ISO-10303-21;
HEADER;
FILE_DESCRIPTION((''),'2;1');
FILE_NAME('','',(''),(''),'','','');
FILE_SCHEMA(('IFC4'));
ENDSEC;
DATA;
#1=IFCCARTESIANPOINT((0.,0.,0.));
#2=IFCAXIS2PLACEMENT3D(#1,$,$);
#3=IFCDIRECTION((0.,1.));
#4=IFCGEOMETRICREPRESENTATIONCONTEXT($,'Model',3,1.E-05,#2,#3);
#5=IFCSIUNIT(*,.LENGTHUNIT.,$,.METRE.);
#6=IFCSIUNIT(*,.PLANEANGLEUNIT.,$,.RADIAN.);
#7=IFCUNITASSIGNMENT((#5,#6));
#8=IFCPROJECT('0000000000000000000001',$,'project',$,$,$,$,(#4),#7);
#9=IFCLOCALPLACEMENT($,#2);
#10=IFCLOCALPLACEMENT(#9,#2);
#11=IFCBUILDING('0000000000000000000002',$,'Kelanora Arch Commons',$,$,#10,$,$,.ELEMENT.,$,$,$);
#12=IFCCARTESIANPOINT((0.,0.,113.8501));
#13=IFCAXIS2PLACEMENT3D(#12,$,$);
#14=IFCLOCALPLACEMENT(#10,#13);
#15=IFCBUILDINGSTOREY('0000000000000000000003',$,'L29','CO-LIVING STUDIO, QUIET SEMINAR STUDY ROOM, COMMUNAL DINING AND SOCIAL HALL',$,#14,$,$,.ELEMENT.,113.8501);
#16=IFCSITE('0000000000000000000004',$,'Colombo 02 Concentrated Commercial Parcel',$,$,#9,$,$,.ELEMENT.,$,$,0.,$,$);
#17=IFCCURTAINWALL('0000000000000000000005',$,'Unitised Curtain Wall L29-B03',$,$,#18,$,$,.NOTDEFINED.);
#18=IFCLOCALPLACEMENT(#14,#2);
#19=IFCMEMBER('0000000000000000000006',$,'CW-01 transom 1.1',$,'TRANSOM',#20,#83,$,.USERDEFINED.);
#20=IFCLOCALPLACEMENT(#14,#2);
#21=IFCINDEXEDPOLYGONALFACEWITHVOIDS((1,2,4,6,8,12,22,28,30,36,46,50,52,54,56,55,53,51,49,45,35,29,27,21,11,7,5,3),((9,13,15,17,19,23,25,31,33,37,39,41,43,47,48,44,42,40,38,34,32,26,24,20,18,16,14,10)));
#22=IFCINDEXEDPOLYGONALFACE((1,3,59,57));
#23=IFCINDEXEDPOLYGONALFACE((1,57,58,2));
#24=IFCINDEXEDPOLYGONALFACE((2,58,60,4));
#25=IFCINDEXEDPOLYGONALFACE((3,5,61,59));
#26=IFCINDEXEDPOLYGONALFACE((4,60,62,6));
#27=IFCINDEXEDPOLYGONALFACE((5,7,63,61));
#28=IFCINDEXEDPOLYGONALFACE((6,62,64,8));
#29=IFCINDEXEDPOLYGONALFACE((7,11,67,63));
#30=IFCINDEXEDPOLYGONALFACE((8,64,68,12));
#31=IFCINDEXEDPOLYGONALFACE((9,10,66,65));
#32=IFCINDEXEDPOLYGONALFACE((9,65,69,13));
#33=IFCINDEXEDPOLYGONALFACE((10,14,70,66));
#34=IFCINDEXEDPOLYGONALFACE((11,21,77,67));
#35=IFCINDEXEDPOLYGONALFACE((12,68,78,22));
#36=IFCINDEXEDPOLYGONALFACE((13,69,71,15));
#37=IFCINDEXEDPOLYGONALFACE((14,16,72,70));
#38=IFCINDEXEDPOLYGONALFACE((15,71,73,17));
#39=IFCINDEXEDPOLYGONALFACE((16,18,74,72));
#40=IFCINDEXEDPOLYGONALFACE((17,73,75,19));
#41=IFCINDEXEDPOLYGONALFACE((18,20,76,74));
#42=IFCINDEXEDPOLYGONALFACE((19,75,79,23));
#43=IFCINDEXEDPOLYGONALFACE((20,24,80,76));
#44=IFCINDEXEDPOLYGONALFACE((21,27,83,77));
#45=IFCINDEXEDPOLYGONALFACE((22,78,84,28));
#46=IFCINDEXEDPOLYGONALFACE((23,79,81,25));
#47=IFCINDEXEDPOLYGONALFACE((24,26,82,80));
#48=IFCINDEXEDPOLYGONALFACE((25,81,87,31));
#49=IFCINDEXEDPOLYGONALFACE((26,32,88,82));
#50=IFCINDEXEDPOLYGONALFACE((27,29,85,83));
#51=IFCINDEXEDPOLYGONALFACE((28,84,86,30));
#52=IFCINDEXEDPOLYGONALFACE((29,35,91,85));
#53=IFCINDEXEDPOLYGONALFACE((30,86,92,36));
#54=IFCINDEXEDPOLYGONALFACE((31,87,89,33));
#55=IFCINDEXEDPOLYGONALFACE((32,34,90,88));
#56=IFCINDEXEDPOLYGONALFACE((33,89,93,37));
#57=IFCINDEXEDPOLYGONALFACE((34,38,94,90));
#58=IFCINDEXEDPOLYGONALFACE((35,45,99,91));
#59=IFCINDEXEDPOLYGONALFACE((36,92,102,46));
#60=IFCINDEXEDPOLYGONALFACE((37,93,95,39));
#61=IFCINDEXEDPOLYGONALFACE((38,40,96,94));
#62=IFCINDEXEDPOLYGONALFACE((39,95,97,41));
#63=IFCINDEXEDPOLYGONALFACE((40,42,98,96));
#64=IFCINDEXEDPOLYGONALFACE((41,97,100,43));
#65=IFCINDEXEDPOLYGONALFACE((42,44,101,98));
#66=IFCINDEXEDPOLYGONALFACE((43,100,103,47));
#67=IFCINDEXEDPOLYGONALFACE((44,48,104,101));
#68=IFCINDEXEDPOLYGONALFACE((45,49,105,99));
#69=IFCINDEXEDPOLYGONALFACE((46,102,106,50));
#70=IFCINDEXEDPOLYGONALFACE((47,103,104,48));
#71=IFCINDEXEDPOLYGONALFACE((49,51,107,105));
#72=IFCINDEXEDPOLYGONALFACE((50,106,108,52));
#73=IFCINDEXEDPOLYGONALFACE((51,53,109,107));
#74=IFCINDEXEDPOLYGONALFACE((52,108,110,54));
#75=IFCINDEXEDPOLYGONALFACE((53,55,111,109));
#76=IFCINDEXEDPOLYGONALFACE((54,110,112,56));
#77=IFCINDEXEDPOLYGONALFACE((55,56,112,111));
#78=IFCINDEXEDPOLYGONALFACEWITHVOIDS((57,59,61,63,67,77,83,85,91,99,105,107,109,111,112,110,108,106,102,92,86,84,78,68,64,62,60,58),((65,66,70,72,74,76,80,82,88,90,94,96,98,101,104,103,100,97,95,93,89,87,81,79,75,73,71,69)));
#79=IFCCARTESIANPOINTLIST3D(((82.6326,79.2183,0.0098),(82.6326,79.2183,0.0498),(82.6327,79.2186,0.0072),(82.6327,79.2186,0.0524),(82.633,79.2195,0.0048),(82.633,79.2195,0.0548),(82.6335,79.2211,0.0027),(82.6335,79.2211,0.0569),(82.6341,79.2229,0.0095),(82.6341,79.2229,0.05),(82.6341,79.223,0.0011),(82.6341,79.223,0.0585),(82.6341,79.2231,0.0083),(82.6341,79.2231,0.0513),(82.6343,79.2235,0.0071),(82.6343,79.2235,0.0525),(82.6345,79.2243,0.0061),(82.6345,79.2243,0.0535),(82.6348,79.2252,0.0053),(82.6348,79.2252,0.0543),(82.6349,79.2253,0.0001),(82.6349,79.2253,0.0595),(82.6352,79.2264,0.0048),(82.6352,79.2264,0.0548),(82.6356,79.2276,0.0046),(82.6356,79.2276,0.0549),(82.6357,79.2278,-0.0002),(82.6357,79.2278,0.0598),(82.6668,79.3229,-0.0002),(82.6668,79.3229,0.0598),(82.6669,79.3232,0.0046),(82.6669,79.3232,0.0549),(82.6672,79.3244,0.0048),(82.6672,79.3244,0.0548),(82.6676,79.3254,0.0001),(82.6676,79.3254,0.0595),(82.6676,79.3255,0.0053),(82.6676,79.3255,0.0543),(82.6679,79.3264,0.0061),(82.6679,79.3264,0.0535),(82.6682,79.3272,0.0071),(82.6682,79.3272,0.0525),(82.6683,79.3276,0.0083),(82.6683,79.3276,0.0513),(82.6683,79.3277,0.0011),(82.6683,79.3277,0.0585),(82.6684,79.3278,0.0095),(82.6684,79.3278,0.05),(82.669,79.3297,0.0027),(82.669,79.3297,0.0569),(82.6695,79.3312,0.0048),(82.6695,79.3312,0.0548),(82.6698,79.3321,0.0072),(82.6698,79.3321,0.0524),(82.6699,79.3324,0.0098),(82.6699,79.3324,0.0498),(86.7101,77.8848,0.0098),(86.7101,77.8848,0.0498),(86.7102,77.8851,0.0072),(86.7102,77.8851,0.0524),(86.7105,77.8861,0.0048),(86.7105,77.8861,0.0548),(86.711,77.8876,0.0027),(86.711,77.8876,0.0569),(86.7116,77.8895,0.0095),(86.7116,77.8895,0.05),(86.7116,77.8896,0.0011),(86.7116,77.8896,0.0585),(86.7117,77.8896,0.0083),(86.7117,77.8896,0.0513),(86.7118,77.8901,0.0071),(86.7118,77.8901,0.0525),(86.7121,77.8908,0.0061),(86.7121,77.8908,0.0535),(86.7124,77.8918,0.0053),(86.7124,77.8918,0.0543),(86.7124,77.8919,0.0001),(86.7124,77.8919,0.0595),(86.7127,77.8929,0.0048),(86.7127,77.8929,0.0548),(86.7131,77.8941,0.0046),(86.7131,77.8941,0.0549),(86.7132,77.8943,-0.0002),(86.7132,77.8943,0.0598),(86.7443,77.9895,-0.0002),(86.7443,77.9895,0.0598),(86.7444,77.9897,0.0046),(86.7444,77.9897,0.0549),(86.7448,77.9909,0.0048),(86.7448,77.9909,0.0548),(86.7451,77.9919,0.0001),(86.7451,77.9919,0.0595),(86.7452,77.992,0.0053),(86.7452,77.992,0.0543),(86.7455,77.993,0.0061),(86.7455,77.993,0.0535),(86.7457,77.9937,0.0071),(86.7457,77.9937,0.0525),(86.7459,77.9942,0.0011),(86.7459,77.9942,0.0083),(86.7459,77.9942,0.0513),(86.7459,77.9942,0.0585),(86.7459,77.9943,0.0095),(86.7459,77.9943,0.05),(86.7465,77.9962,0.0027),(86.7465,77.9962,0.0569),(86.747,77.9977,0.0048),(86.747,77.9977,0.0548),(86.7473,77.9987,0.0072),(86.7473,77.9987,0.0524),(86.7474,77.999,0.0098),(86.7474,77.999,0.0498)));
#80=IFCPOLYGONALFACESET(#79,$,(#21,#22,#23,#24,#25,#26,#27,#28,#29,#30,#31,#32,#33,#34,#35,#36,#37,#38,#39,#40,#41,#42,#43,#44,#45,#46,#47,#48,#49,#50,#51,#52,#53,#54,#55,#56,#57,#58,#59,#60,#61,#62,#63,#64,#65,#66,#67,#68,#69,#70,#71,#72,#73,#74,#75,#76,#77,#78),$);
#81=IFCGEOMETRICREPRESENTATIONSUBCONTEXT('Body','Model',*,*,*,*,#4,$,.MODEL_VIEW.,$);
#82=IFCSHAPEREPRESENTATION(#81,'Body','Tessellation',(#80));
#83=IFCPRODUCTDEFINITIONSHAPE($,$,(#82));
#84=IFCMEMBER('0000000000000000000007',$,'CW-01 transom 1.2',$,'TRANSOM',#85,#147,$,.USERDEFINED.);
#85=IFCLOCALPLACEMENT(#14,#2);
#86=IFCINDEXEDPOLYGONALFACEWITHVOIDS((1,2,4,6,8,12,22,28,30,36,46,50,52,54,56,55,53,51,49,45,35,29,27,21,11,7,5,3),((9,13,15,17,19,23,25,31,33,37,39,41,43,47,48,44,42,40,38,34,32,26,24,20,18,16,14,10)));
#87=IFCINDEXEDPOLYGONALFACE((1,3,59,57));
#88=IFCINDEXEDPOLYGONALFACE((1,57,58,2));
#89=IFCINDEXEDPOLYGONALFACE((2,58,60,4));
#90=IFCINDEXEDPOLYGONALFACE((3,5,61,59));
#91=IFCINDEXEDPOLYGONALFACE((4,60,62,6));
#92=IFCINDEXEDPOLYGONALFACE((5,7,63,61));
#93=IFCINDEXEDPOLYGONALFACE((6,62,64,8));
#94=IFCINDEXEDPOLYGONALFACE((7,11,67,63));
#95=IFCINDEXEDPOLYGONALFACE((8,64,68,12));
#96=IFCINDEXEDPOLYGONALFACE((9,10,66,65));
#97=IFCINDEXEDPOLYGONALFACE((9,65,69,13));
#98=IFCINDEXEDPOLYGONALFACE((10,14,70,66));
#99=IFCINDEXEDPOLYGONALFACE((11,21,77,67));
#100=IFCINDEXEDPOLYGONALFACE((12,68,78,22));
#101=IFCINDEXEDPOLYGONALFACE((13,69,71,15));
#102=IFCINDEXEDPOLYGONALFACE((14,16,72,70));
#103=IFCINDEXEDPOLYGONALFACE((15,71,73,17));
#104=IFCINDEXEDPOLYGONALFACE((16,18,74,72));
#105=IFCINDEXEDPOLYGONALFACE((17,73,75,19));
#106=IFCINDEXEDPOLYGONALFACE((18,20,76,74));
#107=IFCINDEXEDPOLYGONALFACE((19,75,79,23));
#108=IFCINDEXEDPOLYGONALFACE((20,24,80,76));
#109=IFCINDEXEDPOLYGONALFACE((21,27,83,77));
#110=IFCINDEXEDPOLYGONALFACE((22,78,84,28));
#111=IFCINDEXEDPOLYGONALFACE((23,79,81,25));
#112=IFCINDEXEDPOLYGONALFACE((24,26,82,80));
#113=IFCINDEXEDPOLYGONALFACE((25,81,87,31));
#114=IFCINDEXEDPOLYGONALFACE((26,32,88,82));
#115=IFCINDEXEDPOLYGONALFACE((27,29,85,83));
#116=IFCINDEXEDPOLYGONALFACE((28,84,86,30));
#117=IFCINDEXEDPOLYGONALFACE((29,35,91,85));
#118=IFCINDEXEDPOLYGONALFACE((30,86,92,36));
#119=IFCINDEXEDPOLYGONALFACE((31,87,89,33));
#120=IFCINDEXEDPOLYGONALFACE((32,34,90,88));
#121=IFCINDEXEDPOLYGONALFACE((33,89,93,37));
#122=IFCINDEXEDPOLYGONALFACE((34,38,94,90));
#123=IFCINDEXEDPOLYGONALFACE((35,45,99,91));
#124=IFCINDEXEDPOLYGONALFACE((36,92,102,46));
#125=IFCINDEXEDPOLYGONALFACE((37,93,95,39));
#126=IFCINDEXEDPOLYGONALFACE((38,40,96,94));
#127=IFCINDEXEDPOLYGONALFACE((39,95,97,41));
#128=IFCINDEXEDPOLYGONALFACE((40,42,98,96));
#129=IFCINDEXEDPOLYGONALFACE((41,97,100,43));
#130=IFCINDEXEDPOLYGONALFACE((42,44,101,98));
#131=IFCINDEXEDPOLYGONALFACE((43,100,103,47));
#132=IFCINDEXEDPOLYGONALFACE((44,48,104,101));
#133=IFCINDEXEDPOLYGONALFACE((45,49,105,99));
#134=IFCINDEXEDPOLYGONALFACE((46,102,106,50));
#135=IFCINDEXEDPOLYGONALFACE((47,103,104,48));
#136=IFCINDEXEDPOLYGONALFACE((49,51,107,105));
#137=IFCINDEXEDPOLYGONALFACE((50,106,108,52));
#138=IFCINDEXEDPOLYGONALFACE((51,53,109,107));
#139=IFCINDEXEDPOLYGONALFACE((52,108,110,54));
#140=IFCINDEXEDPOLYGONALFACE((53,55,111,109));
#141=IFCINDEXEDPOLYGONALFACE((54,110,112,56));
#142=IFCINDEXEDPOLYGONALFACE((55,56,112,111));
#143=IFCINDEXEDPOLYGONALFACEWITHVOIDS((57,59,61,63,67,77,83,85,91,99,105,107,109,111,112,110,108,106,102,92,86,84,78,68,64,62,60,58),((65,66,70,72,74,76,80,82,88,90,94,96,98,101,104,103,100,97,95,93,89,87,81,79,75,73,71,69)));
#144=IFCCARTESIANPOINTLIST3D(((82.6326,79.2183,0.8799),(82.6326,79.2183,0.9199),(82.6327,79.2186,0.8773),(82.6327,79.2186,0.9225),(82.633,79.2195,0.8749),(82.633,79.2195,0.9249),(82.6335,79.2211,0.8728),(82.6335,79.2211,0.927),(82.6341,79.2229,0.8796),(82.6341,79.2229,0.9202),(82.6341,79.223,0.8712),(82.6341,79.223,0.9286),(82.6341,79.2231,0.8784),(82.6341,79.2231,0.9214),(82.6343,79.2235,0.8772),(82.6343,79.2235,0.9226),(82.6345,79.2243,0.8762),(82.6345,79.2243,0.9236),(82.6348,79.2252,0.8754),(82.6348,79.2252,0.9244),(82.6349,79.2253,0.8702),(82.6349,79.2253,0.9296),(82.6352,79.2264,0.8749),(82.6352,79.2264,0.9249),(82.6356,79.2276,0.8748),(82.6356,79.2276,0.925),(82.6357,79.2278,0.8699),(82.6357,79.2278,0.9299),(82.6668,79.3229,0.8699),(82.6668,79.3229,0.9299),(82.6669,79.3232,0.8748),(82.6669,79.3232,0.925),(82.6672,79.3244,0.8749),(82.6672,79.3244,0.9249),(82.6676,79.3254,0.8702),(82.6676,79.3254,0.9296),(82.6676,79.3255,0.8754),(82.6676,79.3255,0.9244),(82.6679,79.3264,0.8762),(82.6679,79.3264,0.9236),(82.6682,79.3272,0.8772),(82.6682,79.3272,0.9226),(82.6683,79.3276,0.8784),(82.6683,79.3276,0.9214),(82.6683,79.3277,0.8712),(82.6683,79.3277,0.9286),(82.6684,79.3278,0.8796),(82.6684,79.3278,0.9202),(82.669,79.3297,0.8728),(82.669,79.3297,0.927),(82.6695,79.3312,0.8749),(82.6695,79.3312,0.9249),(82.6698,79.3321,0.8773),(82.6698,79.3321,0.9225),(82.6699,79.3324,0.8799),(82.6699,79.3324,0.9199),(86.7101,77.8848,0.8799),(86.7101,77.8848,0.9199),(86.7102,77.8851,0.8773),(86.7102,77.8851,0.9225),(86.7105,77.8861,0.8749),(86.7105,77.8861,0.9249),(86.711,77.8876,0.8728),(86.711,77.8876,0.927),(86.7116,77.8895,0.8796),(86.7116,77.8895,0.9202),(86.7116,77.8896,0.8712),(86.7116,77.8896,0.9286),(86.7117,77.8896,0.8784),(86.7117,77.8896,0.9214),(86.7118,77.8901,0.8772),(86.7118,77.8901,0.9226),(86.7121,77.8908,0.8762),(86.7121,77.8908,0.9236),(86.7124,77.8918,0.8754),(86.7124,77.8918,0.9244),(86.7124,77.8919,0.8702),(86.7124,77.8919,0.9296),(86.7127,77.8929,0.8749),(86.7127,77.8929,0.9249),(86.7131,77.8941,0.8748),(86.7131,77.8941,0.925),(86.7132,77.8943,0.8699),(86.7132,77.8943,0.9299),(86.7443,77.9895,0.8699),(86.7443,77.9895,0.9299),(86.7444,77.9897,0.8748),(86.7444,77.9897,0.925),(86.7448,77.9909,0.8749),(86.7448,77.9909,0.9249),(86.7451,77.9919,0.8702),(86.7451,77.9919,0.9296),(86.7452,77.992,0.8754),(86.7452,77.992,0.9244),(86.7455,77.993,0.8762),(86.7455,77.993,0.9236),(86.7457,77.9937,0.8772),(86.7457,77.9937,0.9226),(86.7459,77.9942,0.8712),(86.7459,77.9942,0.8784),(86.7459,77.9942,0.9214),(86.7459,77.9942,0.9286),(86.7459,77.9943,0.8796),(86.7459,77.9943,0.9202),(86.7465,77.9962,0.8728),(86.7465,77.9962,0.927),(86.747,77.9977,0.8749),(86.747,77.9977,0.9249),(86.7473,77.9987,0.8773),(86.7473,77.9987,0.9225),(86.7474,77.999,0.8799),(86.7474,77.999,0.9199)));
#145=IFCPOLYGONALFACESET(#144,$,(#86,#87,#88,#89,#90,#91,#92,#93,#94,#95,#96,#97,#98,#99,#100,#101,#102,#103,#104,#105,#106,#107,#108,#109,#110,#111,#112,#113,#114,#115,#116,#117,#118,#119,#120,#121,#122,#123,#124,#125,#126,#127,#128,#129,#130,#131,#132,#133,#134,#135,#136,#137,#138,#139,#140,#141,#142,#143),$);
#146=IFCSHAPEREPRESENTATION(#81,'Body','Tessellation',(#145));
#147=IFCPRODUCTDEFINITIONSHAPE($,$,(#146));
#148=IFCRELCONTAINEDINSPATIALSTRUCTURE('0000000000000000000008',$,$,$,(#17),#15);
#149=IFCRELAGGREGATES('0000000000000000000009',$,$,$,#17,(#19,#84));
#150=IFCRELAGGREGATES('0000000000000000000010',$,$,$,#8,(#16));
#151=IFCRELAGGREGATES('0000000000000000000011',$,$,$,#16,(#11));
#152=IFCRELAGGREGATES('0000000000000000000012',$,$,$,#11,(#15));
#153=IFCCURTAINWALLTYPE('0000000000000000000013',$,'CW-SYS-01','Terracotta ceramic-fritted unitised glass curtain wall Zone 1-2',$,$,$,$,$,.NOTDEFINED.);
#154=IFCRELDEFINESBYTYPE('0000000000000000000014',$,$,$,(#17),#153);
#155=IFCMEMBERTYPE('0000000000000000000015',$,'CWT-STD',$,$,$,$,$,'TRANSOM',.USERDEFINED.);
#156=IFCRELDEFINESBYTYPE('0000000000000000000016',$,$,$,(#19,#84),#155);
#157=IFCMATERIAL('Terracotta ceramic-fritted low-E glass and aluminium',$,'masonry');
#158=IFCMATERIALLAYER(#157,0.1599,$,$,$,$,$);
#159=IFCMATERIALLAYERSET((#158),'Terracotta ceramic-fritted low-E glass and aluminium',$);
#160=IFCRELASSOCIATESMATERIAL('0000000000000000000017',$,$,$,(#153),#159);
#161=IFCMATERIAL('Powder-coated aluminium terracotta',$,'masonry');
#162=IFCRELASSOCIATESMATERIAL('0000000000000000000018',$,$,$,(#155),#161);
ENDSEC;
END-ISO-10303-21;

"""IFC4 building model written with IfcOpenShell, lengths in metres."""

from ifc_helpers import new_model, si_unit, direction, frame, origin, origin_2d, place, context, subcontext, project, spatial, hollow_rectangle, extrude, material, layer, layer_set, material_profile, profile_set, type_object, element, aggregate, save


model = new_model("IFC4")

# Units and contexts
model_context = context("Model", 3, precision=1e-05, world=origin(), true_north=direction((0.0, 1.0)))
body_context = subcontext(model_context, "Body", "Model", "MODEL_VIEW")
ifc_project = project(units=[si_unit("LENGTHUNIT", "METRE"), si_unit("PLANEANGLEUNIT", "RADIAN")], contexts=[model_context])

# Site, building, storey
site_placement = place(None, origin())
site = spatial("IfcSite", under=ifc_project, at=site_placement, Name="Colombo 02 Concentrated Commercial Parcel", CompositionType="ELEMENT", RefElevation=0.0)
building_placement = place(site_placement, origin())
building = spatial("IfcBuilding", under=site, at=building_placement, Name="Kelanora Arch Commons", CompositionType="ELEMENT")
storey_placement = place(building_placement, frame((0.0, 0.0, 113.8501)))
storey = spatial("IfcBuildingStorey", under=building, at=storey_placement, Name="L29", Description="CO-LIVING STUDIO, QUIET SEMINAR STUDY ROOM, COMMUNAL DINING AND SOCIAL HALL", CompositionType="ELEMENT", Elevation=113.8501)

# Shared definitions
ifc_material_1 = material(Name="Terracotta ceramic-fritted low-E glass and aluminium", Category="masonry")
ifc_layer_1 = layer(ifc_material_1, 0.1599)
ifc_layer_set_1 = layer_set([ifc_layer_1], Name="Terracotta ceramic-fritted low-E glass and aluminium")
curtain_wall_type = type_object("IfcCurtainWallType", Name="CW-SYS-01", Description="Terracotta ceramic-fritted unitised glass curtain wall Zone 1-2", PredefinedType="NOTDEFINED", material=ifc_layer_set_1)
ifc_material_2 = material(Name="Powder-coated aluminium terracotta", Category="masonry")

# Curtain wall, members
curtain_wall_1_placement = place(storey_placement, origin())
curtain_wall_1 = element("IfcCurtainWall", 1, at=curtain_wall_1_placement, inside=storey, type_object=curtain_wall_type, Name="Unitised Curtain Wall L29-B03", PredefinedType="NOTDEFINED")
ifc_material_profile_1 = material_profile(ifc_material_2, hollow_rectangle(XDim=0.1201, YDim=0.0601, WallThickness=0.0049, InnerFilletRadius=0.0049, OuterFilletRadius=0.01, at=origin_2d()), Name="CWT120x60")
ifc_profile_set_1 = profile_set([ifc_material_profile_1], Name="Powder-coated aluminium terracotta")
member_type_1 = type_object("IfcMemberType", Name="CWT-STD", ElementType="TRANSOM", PredefinedType="USERDEFINED", material=ifc_profile_set_1)
member_1_placement = place(storey_placement, frame((86.7288, 77.9419, 0.0298), z_axis=(-0.950466, 0.310828, 0.0), x_axis=(-0.310828, -0.950466, 0.0)))
member_1 = element("IfcMember", 2, at=member_1_placement, type_object=member_type_1, Name="CW-01 transom 1.1", ObjectType="TRANSOM", PredefinedType="USERDEFINED", context=body_context, shape_type="SweptSolid", body=[
    extrude(hollow_rectangle(XDim=0.1201, YDim=0.0601, WallThickness=0.0049, InnerFilletRadius=0.0049, OuterFilletRadius=0.01, at=origin_2d()), origin(), (0.0, 0.0, 1.0), 4.29),
])
member_2_placement = place(storey_placement, frame((86.7288, 77.9419, 0.8999), z_axis=(-0.950466, 0.310828, 0.0), x_axis=(-0.310828, -0.950466, 0.0)))
member_2 = element("IfcMember", 3, at=member_2_placement, type_object=member_type_1, Name="CW-01 transom 1.2", ObjectType="TRANSOM", PredefinedType="USERDEFINED", context=body_context, shape_type="SweptSolid", body=[
    extrude(hollow_rectangle(XDim=0.1201, YDim=0.0601, WallThickness=0.0049, InnerFilletRadius=0.0049, OuterFilletRadius=0.01, at=origin_2d()), origin(), (0.0, 0.0, 1.0), 4.29),
])
aggregate(curtain_wall_1, [member_1, member_2])

save(model, "model.ifc")
